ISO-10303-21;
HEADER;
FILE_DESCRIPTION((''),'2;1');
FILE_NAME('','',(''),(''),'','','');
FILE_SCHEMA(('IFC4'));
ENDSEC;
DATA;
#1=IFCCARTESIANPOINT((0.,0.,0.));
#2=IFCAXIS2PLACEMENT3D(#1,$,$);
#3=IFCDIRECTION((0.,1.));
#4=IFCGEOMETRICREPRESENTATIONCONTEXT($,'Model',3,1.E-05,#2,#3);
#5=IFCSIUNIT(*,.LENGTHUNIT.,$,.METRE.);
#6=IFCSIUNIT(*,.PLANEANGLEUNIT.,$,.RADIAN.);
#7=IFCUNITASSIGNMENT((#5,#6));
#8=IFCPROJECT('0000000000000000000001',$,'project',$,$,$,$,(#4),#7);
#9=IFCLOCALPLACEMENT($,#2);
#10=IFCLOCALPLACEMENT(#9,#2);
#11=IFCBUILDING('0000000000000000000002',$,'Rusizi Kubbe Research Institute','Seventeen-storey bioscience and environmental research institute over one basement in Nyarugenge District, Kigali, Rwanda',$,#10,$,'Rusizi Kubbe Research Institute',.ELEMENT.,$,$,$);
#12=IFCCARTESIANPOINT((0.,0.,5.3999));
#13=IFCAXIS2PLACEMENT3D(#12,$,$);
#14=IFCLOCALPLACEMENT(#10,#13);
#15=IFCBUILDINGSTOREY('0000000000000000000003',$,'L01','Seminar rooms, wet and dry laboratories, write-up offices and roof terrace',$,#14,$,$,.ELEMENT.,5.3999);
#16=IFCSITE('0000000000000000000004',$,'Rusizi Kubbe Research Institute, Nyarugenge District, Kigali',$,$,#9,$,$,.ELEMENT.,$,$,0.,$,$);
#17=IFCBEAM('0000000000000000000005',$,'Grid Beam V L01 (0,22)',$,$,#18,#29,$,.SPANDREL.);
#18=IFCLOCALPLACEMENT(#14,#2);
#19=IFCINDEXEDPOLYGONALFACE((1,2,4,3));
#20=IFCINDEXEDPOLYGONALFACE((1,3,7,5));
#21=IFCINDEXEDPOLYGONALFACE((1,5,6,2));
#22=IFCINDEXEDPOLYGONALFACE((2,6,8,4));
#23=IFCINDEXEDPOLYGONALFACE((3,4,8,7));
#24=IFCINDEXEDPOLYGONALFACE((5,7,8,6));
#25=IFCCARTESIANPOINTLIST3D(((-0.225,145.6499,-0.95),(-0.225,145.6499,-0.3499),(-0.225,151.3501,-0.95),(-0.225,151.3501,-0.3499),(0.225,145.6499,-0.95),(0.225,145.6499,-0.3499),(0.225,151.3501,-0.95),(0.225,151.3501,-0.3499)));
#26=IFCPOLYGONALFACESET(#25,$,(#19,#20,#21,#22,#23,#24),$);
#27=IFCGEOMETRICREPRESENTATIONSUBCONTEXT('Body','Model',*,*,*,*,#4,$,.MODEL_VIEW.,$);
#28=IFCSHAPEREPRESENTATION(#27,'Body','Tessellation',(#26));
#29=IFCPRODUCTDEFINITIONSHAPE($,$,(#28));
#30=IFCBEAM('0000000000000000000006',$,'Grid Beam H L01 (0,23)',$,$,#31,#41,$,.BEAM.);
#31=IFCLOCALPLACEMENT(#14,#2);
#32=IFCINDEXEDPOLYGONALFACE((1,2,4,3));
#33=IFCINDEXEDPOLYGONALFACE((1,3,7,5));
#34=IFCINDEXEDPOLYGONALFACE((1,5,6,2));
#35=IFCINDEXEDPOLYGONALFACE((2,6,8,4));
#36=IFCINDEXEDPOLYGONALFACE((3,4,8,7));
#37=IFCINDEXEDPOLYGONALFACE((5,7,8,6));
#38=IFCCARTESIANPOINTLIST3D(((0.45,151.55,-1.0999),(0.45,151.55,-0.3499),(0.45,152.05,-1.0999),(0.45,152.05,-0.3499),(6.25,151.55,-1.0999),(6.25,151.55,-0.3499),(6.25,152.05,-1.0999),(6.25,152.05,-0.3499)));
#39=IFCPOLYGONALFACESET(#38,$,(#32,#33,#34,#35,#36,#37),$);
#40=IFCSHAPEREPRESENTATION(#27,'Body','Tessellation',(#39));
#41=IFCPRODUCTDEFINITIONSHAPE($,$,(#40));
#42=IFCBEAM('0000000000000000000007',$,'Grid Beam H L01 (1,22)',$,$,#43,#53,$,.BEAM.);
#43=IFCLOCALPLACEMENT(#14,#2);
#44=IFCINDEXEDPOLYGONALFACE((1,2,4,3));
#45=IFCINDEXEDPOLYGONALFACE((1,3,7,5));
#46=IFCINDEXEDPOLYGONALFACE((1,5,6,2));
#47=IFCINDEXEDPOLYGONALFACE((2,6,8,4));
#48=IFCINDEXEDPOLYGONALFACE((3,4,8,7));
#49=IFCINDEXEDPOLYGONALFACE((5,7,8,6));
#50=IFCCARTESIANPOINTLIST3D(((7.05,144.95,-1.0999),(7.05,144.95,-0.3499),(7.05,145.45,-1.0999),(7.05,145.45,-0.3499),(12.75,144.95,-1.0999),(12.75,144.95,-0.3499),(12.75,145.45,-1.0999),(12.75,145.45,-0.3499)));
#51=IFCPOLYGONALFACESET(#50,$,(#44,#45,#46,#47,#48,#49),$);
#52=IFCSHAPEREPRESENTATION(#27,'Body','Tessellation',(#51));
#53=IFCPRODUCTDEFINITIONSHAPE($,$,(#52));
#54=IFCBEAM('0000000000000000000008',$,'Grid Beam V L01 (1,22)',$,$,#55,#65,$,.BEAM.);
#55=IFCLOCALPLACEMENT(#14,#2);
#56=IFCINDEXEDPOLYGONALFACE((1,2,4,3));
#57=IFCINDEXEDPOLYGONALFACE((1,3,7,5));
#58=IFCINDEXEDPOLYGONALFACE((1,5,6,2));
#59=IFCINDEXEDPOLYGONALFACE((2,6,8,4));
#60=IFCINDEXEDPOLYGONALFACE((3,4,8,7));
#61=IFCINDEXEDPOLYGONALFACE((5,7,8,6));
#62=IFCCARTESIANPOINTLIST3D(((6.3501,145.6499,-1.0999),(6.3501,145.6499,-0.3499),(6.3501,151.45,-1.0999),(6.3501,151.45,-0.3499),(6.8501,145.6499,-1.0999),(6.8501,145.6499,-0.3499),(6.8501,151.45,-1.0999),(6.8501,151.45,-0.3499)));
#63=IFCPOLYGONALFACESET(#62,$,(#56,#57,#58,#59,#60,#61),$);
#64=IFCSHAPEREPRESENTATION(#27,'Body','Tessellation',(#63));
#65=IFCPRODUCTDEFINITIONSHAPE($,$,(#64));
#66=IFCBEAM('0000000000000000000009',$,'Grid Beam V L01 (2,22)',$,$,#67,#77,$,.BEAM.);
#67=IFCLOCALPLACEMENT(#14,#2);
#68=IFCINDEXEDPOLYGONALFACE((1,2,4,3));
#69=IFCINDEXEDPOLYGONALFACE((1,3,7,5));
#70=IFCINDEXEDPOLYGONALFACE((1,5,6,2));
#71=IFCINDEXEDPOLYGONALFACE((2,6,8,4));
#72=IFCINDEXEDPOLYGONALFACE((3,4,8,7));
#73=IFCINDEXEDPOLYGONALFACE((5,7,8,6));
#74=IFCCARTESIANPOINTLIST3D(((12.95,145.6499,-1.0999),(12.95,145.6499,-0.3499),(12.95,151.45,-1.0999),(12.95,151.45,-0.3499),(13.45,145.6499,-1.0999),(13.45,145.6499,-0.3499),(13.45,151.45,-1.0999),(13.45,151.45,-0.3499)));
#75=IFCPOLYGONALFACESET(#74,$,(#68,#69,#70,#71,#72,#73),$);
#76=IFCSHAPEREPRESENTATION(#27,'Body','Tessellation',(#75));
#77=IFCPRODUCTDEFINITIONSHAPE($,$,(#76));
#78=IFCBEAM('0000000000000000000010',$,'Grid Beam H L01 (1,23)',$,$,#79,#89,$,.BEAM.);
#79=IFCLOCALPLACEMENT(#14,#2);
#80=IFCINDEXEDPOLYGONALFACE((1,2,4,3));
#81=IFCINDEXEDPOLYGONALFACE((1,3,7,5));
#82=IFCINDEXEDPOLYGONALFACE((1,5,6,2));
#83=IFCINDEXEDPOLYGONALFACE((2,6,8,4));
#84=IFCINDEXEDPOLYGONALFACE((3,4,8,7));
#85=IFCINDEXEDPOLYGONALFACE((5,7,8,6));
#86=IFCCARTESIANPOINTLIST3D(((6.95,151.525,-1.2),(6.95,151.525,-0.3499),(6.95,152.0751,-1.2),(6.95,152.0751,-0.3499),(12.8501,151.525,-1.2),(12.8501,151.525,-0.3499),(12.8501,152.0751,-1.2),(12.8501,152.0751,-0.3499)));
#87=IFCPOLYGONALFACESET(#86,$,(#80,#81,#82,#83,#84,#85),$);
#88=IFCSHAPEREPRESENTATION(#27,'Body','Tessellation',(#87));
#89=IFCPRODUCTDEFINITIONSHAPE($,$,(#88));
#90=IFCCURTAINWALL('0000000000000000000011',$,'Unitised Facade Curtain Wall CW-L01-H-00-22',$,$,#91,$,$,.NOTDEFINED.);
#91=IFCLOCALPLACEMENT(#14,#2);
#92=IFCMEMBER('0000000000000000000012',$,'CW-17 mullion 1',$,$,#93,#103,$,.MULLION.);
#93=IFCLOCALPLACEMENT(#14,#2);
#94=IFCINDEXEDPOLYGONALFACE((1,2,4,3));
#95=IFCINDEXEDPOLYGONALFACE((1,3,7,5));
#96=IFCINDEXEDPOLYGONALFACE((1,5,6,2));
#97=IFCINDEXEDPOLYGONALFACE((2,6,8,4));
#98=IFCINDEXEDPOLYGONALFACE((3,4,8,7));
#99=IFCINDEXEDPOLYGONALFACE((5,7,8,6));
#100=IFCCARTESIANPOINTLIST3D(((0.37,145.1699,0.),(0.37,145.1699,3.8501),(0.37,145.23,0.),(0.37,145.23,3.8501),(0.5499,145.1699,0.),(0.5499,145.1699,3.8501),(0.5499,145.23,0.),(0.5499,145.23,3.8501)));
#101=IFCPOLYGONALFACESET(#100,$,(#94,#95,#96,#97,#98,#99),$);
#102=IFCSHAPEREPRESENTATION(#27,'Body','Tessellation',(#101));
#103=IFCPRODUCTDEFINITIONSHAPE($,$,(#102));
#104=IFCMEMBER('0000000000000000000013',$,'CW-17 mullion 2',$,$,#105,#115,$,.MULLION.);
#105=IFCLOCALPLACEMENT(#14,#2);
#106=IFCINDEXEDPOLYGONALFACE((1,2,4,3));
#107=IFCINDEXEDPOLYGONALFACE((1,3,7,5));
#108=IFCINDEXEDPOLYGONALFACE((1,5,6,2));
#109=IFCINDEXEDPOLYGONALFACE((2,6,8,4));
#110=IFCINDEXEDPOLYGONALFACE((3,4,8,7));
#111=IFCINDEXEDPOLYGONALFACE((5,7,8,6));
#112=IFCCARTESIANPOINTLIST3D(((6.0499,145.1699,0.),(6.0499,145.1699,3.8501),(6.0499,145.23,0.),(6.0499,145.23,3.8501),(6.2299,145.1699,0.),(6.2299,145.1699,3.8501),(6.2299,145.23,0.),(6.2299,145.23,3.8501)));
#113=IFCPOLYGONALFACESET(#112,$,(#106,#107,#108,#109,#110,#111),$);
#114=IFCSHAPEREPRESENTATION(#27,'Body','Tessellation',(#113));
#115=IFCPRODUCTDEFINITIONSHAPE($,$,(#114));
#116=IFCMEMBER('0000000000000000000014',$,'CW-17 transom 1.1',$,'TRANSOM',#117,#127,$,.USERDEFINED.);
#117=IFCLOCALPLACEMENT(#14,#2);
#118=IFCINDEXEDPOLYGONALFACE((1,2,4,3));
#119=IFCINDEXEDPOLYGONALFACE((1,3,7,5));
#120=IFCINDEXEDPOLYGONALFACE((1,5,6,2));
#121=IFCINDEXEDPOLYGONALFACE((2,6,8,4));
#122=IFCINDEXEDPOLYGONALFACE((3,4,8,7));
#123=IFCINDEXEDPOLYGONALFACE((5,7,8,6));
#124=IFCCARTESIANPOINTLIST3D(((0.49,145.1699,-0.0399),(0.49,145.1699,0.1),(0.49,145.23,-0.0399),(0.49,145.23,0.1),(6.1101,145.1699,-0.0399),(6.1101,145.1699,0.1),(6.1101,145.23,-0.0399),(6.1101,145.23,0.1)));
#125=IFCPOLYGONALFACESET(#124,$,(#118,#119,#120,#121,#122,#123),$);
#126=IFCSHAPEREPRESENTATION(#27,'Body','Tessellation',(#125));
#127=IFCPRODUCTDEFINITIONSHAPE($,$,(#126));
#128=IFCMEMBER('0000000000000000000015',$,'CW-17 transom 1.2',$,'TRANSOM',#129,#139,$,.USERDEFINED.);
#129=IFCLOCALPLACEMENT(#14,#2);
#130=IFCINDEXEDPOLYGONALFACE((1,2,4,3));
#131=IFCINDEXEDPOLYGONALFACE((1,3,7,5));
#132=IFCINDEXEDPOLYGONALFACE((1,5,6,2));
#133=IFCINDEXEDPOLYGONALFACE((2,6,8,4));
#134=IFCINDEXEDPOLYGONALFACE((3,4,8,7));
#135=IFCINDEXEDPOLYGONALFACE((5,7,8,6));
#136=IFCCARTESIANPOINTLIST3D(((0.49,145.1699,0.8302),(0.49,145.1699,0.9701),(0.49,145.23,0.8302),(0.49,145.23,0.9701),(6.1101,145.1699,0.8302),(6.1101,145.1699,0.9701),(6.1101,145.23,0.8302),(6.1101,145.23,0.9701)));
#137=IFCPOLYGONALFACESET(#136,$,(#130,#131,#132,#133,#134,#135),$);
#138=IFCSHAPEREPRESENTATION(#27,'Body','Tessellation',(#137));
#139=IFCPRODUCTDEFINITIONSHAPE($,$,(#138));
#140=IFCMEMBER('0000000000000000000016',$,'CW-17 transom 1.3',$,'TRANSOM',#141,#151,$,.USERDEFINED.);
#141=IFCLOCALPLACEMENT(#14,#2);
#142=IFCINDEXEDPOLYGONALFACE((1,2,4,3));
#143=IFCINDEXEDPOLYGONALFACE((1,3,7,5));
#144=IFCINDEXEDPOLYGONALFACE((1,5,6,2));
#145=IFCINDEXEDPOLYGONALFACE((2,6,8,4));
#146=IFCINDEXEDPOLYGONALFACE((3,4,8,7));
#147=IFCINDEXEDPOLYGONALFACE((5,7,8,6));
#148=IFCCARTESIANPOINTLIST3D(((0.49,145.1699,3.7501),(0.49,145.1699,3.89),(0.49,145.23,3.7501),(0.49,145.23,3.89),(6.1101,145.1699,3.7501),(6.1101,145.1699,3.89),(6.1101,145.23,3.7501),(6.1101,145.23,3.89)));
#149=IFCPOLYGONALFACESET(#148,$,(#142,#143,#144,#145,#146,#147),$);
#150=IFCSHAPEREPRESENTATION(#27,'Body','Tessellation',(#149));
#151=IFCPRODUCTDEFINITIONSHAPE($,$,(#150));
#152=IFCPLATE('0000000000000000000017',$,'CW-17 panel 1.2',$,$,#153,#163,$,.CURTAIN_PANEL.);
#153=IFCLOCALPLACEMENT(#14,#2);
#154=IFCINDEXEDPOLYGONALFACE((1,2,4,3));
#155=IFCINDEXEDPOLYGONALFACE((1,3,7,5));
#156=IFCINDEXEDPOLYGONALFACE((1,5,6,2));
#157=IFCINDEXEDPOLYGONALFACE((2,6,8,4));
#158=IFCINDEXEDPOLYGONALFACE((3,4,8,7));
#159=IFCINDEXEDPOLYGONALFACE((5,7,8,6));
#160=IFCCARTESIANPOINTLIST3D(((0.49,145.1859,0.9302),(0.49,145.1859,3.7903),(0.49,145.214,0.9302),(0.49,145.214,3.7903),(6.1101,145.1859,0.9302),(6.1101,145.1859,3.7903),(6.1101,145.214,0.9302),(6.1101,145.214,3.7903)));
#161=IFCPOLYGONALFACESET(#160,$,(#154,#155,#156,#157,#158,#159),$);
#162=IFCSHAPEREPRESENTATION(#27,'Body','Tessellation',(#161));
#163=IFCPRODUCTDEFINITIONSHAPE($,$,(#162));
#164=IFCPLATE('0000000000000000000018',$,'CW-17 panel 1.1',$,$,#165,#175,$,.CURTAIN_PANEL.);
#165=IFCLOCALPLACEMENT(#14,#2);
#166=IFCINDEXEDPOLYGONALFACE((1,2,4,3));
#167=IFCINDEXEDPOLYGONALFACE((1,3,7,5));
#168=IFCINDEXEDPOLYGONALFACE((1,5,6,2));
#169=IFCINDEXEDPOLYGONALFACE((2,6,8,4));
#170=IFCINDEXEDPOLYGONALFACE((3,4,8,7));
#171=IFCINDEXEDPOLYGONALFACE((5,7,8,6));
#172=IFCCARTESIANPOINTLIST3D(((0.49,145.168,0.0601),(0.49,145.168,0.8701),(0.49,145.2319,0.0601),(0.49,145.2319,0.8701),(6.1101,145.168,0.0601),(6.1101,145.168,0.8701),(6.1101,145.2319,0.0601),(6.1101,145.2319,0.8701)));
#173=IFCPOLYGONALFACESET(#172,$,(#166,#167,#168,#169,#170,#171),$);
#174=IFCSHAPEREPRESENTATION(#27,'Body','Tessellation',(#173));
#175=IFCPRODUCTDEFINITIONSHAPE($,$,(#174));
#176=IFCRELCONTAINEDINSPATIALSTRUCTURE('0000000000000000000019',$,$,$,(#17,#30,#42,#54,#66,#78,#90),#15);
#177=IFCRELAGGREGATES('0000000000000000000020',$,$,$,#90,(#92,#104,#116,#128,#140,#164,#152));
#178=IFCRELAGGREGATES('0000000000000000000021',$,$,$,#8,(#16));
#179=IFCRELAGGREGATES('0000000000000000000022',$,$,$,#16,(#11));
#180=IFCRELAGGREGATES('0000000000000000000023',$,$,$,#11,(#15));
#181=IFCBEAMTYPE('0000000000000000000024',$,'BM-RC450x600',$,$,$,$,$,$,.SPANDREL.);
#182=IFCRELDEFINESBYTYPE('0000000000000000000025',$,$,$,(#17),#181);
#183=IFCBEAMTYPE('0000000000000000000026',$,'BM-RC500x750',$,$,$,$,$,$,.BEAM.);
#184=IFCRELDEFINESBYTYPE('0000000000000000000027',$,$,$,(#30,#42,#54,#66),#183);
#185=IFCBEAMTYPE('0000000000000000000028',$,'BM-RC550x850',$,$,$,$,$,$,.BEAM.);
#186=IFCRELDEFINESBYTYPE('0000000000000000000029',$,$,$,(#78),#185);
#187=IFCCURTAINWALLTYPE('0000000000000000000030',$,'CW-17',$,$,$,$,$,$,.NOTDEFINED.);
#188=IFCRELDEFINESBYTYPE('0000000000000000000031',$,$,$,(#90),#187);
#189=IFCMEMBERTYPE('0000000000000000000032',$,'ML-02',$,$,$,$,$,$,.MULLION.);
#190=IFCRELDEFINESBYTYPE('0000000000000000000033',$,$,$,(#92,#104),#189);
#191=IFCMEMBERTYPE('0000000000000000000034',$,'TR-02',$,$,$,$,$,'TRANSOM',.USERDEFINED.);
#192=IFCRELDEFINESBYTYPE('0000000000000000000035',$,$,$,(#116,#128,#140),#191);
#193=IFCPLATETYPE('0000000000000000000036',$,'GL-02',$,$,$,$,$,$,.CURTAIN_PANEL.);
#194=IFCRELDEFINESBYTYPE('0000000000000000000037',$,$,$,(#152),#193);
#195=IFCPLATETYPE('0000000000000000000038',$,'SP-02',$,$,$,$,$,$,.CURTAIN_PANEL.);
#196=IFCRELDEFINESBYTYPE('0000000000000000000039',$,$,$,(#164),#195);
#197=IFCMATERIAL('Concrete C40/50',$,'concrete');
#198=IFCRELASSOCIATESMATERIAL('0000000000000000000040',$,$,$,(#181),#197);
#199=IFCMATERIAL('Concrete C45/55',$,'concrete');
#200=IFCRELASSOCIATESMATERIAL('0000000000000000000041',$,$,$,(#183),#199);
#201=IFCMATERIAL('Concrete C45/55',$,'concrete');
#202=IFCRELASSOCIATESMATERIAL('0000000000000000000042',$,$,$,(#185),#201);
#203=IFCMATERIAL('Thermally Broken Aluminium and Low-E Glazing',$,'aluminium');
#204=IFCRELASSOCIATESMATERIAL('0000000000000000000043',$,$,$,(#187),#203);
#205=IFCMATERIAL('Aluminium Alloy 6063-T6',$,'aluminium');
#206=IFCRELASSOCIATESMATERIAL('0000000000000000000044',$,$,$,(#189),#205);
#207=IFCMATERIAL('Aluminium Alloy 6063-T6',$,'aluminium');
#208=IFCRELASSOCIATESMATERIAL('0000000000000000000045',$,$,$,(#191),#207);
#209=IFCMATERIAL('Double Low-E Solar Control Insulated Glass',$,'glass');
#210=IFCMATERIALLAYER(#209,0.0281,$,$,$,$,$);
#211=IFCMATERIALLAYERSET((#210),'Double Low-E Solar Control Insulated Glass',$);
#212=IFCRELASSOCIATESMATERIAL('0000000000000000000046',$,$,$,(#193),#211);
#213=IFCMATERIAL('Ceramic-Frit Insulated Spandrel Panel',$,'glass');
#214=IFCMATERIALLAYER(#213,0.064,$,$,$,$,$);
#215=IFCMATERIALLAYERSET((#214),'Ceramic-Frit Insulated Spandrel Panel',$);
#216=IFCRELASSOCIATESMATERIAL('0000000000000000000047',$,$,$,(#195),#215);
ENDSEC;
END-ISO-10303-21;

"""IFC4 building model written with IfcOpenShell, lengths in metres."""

from ifc_helpers import new_model, si_unit, direction, frame, origin, origin_2d, place, context, subcontext, project, spatial, rectangle, extrude, material, layer, layer_set, material_profile, profile_set, type_object, element, aggregate, save


model = new_model("IFC4")

# Units and contexts
model_context = context("Model", 3, precision=1e-05, world=origin(), true_north=direction((0.0, 1.0)))
body_context = subcontext(model_context, "Body", "Model", "MODEL_VIEW")
ifc_project = project(units=[si_unit("LENGTHUNIT", "METRE"), si_unit("PLANEANGLEUNIT", "RADIAN")], contexts=[model_context])

# Site, building, storey
site_placement = place(None, origin())
site = spatial("IfcSite", under=ifc_project, at=site_placement, Name="Rusizi Kubbe Research Institute, Nyarugenge District, Kigali", CompositionType="ELEMENT", RefElevation=0.0)
building_placement = place(site_placement, origin())
building = spatial("IfcBuilding", under=site, at=building_placement, Name="Rusizi Kubbe Research Institute", Description="Seventeen-storey bioscience and environmental research institute over one basement in Nyarugenge District, Kigali, Rwanda", LongName="Rusizi Kubbe Research Institute", CompositionType="ELEMENT")
storey_placement = place(building_placement, frame((0.0, 0.0, 5.3999)))
storey = spatial("IfcBuildingStorey", under=building, at=storey_placement, Name="L01", Description="Seminar rooms, wet and dry laboratories, write-up offices and roof terrace", CompositionType="ELEMENT", Elevation=5.3999)

# Beams
ifc_material_1 = material(Name="Concrete C40/50", Category="concrete")
ifc_material_profile_1 = material_profile(ifc_material_1, rectangle(XDim=0.45, YDim=0.6001, at=origin_2d()), Name="RC450x600")
ifc_profile_set_1 = profile_set([ifc_material_profile_1], Name="Concrete C40/50")
beam_type_1 = type_object("IfcBeamType", Name="BM-RC450x600", PredefinedType="SPANDREL", material=ifc_profile_set_1)
beam_1_placement = place(storey_placement, frame((0.0, 145.6499, -0.6499), z_axis=(0.0, 1.0, 0.0), x_axis=(-1.0, 0.0, 0.0)))
element("IfcBeam", 1, at=beam_1_placement, inside=storey, type_object=beam_type_1, Name="Grid Beam V L01 (0,22)", PredefinedType="SPANDREL", context=body_context, shape_type="SweptSolid", body=[
    extrude(rectangle(XDim=0.45, YDim=0.6001, at=origin_2d()), origin(), (0.0, 0.0, 1.0), 5.7002),
])
ifc_material_2 = material(Name="Concrete C45/55", Category="concrete")
ifc_material_profile_2 = material_profile(ifc_material_2, rectangle(XDim=0.5, YDim=0.75, at=origin_2d()), Name="RC500x750B")
ifc_profile_set_2 = profile_set([ifc_material_profile_2], Name="Concrete C45/55")
beam_type_2 = type_object("IfcBeamType", Name="BM-RC500x750", PredefinedType="BEAM", material=ifc_profile_set_2)
beam_2_placement = place(storey_placement, frame((0.45, 151.8, -0.7249), z_axis=(1.0, 0.0, 0.0), x_axis=(0.0, 1.0, 0.0)))
element("IfcBeam", 2, at=beam_2_placement, inside=storey, type_object=beam_type_2, Name="Grid Beam H L01 (0,23)", PredefinedType="BEAM", context=body_context, shape_type="SweptSolid", body=[
    extrude(rectangle(XDim=0.5, YDim=0.75, at=origin_2d()), origin(), (0.0, 0.0, 1.0), 5.8),
])
beam_3_placement = place(storey_placement, frame((7.05, 145.2, -0.7249), z_axis=(1.0, 0.0, 0.0), x_axis=(0.0, 1.0, 0.0)))
element("IfcBeam", 3, at=beam_3_placement, inside=storey, type_object=beam_type_2, Name="Grid Beam H L01 (1,22)", PredefinedType="BEAM", context=body_context, shape_type="SweptSolid", body=[
    extrude(rectangle(XDim=0.5, YDim=0.75, at=origin_2d()), origin(), (0.0, 0.0, 1.0), 5.7),
])
for number, where, z_axis, x_axis, name in (
    (4, (6.6001, 145.6499, -0.7249), (0.0, 1.0, 0.0), (-1.0, 0.0, 0.0), "Grid Beam V L01 (1,22)"),
    (5, (13.2, 145.6499, -0.7249), (0.0, 1.0, 0.0), (-1.0, 0.0, 0.0), "Grid Beam V L01 (2,22)"),
):
    element("IfcBeam", number, at=place(storey_placement, frame(where, z_axis=z_axis, x_axis=x_axis)), inside=storey, type_object=beam_type_2, Name=name, PredefinedType="BEAM", context=body_context, shape_type="SweptSolid", body=[
        extrude(rectangle(XDim=0.5, YDim=0.75, at=origin_2d()), origin(), (0.0, 0.0, 1.0), 5.8),
    ])
ifc_material_3 = material(Name="Concrete C45/55", Category="concrete")
ifc_material_profile_3 = material_profile(ifc_material_3, rectangle(XDim=0.55, YDim=0.8501, at=origin_2d()), Name="RC550x850")
ifc_profile_set_3 = profile_set([ifc_material_profile_3], Name="Concrete C45/55")
beam_type_3 = type_object("IfcBeamType", Name="BM-RC550x850", PredefinedType="BEAM", material=ifc_profile_set_3)
beam_4_placement = place(storey_placement, frame((6.95, 151.8, -0.7749), z_axis=(1.0, 0.0, 0.0), x_axis=(0.0, 1.0, 0.0)))
element("IfcBeam", 6, at=beam_4_placement, inside=storey, type_object=beam_type_3, Name="Grid Beam H L01 (1,23)", PredefinedType="BEAM", context=body_context, shape_type="SweptSolid", body=[
    extrude(rectangle(XDim=0.55, YDim=0.8501, at=origin_2d()), origin(), (0.0, 0.0, 1.0), 5.9001),
])

# Curtain wall, members, plates
ifc_material_4 = material(Name="Thermally Broken Aluminium and Low-E Glazing", Category="aluminium")
curtain_wall_type = type_object("IfcCurtainWallType", Name="CW-17", PredefinedType="NOTDEFINED", material=ifc_material_4)
curtain_wall_placement = place(storey_placement, origin())
curtain_wall = element("IfcCurtainWall", 7, at=curtain_wall_placement, inside=storey, type_object=curtain_wall_type, Name="Unitised Facade Curtain Wall CW-L01-H-00-22", PredefinedType="NOTDEFINED")
ifc_material_5 = material(Name="Aluminium Alloy 6063-T6", Category="aluminium")
ifc_material_profile_4 = material_profile(ifc_material_5, rectangle(XDim=0.0601, YDim=0.1799, at=origin_2d()), Name="ALU-M 60x180")
ifc_profile_set_4 = profile_set([ifc_material_profile_4], Name="Aluminium Alloy 6063-T6")
member_type_1 = type_object("IfcMemberType", Name="ML-02", PredefinedType="MULLION", material=ifc_profile_set_4)
member_1_placement = place(storey_placement, frame((0.46, 145.2, 0.0), z_axis=(0.0, 0.0, 1.0), x_axis=(0.0, 1.0, 0.0)))
member_1 = element("IfcMember", 8, at=member_1_placement, type_object=member_type_1, Name="CW-17 mullion 1", PredefinedType="MULLION", context=body_context, shape_type="SweptSolid", body=[
    extrude(rectangle(XDim=0.0601, YDim=0.1799, at=origin_2d()), origin(), (0.0, 0.0, 1.0), 3.8501),
])
member_2_placement = place(storey_placement, frame((6.1399, 145.2, 0.0), z_axis=(0.0, 0.0, 1.0), x_axis=(0.0, 1.0, 0.0)))
member_2 = element("IfcMember", 9, at=member_2_placement, type_object=member_type_1, Name="CW-17 mullion 2", PredefinedType="MULLION", context=body_context, shape_type="SweptSolid", body=[
    extrude(rectangle(XDim=0.0601, YDim=0.1799, at=origin_2d()), origin(), (0.0, 0.0, 1.0), 3.8501),
])
ifc_material_6 = material(Name="Aluminium Alloy 6063-T6", Category="aluminium")
ifc_material_profile_5 = material_profile(ifc_material_6, rectangle(XDim=0.0601, YDim=0.1399, at=origin_2d()), Name="ALU-T 60x140")
ifc_profile_set_5 = profile_set([ifc_material_profile_5], Name="Aluminium Alloy 6063-T6")
member_type_2 = type_object("IfcMemberType", Name="TR-02", ElementType="TRANSOM", PredefinedType="USERDEFINED", material=ifc_profile_set_5)
member_3_placement = place(storey_placement, frame((0.49, 145.2, 0.03), z_axis=(1.0, 0.0, 0.0), x_axis=(0.0, 1.0, 0.0)))
member_3 = element("IfcMember", 10, at=member_3_placement, type_object=member_type_2, Name="CW-17 transom 1.1", ObjectType="TRANSOM", PredefinedType="USERDEFINED", context=body_context, shape_type="SweptSolid", body=[
    extrude(rectangle(XDim=0.0601, YDim=0.1399, at=origin_2d()), origin(), (0.0, 0.0, 1.0), 5.6201),
])
member_4_placement = place(storey_placement, frame((0.49, 145.2, 0.9001), z_axis=(1.0, 0.0, 0.0), x_axis=(0.0, 1.0, 0.0)))
member_4 = element("IfcMember", 11, at=member_4_placement, type_object=member_type_2, Name="CW-17 transom 1.2", ObjectType="TRANSOM", PredefinedType="USERDEFINED", context=body_context, shape_type="SweptSolid", body=[
    extrude(rectangle(XDim=0.0601, YDim=0.1399, at=origin_2d()), origin(), (0.0, 0.0, 1.0), 5.6201),
])
member_5_placement = place(storey_placement, frame((0.49, 145.2, 3.8201), z_axis=(1.0, 0.0, 0.0), x_axis=(0.0, 1.0, 0.0)))
member_5 = element("IfcMember", 12, at=member_5_placement, type_object=member_type_2, Name="CW-17 transom 1.3", ObjectType="TRANSOM", PredefinedType="USERDEFINED", context=body_context, shape_type="SweptSolid", body=[
    extrude(rectangle(XDim=0.0601, YDim=0.1399, at=origin_2d()), origin(), (0.0, 0.0, 1.0), 5.6201),
])
ifc_material_7 = material(Name="Double Low-E Solar Control Insulated Glass", Category="glass")
ifc_layer_1 = layer(ifc_material_7, 0.0281)
ifc_layer_set_1 = layer_set([ifc_layer_1], Name="Double Low-E Solar Control Insulated Glass")
plate_type_1 = type_object("IfcPlateType", Name="GL-02", PredefinedType="CURTAIN_PANEL", material=ifc_layer_set_1)
plate_1_placement = place(storey_placement, frame((3.3, 145.2, 0.9302), z_axis=(0.0, 0.0, 1.0), x_axis=(1.0, 0.0, 0.0)))
plate_1 = element("IfcPlate", 13, at=plate_1_placement, type_object=plate_type_1, Name="CW-17 panel 1.2", PredefinedType="CURTAIN_PANEL", context=body_context, shape_type="SweptSolid", body=[
    extrude(rectangle(XDim=5.6201, YDim=0.0281, at=origin_2d()), origin(), (0.0, 0.0, 1.0), 2.8601),
])
ifc_material_8 = material(Name="Ceramic-Frit Insulated Spandrel Panel", Category="glass")
ifc_layer_2 = layer(ifc_material_8, 0.064)
ifc_layer_set_2 = layer_set([ifc_layer_2], Name="Ceramic-Frit Insulated Spandrel Panel")
plate_type_2 = type_object("IfcPlateType", Name="SP-02", PredefinedType="CURTAIN_PANEL", material=ifc_layer_set_2)
plate_2_placement = place(storey_placement, frame((3.3, 145.2, 0.0601), z_axis=(0.0, 0.0, 1.0), x_axis=(1.0, 0.0, 0.0)))
plate_2 = element("IfcPlate", 14, at=plate_2_placement, type_object=plate_type_2, Name="CW-17 panel 1.1", PredefinedType="CURTAIN_PANEL", context=body_context, shape_type="SweptSolid", body=[
    extrude(rectangle(XDim=5.6201, YDim=0.064, at=origin_2d()), origin(), (0.0, 0.0, 1.0), 0.8101),
])
aggregate(curtain_wall, [member_1, member_2, member_3, member_4, member_5, plate_2, plate_1])

save(model, "model.ifc")
